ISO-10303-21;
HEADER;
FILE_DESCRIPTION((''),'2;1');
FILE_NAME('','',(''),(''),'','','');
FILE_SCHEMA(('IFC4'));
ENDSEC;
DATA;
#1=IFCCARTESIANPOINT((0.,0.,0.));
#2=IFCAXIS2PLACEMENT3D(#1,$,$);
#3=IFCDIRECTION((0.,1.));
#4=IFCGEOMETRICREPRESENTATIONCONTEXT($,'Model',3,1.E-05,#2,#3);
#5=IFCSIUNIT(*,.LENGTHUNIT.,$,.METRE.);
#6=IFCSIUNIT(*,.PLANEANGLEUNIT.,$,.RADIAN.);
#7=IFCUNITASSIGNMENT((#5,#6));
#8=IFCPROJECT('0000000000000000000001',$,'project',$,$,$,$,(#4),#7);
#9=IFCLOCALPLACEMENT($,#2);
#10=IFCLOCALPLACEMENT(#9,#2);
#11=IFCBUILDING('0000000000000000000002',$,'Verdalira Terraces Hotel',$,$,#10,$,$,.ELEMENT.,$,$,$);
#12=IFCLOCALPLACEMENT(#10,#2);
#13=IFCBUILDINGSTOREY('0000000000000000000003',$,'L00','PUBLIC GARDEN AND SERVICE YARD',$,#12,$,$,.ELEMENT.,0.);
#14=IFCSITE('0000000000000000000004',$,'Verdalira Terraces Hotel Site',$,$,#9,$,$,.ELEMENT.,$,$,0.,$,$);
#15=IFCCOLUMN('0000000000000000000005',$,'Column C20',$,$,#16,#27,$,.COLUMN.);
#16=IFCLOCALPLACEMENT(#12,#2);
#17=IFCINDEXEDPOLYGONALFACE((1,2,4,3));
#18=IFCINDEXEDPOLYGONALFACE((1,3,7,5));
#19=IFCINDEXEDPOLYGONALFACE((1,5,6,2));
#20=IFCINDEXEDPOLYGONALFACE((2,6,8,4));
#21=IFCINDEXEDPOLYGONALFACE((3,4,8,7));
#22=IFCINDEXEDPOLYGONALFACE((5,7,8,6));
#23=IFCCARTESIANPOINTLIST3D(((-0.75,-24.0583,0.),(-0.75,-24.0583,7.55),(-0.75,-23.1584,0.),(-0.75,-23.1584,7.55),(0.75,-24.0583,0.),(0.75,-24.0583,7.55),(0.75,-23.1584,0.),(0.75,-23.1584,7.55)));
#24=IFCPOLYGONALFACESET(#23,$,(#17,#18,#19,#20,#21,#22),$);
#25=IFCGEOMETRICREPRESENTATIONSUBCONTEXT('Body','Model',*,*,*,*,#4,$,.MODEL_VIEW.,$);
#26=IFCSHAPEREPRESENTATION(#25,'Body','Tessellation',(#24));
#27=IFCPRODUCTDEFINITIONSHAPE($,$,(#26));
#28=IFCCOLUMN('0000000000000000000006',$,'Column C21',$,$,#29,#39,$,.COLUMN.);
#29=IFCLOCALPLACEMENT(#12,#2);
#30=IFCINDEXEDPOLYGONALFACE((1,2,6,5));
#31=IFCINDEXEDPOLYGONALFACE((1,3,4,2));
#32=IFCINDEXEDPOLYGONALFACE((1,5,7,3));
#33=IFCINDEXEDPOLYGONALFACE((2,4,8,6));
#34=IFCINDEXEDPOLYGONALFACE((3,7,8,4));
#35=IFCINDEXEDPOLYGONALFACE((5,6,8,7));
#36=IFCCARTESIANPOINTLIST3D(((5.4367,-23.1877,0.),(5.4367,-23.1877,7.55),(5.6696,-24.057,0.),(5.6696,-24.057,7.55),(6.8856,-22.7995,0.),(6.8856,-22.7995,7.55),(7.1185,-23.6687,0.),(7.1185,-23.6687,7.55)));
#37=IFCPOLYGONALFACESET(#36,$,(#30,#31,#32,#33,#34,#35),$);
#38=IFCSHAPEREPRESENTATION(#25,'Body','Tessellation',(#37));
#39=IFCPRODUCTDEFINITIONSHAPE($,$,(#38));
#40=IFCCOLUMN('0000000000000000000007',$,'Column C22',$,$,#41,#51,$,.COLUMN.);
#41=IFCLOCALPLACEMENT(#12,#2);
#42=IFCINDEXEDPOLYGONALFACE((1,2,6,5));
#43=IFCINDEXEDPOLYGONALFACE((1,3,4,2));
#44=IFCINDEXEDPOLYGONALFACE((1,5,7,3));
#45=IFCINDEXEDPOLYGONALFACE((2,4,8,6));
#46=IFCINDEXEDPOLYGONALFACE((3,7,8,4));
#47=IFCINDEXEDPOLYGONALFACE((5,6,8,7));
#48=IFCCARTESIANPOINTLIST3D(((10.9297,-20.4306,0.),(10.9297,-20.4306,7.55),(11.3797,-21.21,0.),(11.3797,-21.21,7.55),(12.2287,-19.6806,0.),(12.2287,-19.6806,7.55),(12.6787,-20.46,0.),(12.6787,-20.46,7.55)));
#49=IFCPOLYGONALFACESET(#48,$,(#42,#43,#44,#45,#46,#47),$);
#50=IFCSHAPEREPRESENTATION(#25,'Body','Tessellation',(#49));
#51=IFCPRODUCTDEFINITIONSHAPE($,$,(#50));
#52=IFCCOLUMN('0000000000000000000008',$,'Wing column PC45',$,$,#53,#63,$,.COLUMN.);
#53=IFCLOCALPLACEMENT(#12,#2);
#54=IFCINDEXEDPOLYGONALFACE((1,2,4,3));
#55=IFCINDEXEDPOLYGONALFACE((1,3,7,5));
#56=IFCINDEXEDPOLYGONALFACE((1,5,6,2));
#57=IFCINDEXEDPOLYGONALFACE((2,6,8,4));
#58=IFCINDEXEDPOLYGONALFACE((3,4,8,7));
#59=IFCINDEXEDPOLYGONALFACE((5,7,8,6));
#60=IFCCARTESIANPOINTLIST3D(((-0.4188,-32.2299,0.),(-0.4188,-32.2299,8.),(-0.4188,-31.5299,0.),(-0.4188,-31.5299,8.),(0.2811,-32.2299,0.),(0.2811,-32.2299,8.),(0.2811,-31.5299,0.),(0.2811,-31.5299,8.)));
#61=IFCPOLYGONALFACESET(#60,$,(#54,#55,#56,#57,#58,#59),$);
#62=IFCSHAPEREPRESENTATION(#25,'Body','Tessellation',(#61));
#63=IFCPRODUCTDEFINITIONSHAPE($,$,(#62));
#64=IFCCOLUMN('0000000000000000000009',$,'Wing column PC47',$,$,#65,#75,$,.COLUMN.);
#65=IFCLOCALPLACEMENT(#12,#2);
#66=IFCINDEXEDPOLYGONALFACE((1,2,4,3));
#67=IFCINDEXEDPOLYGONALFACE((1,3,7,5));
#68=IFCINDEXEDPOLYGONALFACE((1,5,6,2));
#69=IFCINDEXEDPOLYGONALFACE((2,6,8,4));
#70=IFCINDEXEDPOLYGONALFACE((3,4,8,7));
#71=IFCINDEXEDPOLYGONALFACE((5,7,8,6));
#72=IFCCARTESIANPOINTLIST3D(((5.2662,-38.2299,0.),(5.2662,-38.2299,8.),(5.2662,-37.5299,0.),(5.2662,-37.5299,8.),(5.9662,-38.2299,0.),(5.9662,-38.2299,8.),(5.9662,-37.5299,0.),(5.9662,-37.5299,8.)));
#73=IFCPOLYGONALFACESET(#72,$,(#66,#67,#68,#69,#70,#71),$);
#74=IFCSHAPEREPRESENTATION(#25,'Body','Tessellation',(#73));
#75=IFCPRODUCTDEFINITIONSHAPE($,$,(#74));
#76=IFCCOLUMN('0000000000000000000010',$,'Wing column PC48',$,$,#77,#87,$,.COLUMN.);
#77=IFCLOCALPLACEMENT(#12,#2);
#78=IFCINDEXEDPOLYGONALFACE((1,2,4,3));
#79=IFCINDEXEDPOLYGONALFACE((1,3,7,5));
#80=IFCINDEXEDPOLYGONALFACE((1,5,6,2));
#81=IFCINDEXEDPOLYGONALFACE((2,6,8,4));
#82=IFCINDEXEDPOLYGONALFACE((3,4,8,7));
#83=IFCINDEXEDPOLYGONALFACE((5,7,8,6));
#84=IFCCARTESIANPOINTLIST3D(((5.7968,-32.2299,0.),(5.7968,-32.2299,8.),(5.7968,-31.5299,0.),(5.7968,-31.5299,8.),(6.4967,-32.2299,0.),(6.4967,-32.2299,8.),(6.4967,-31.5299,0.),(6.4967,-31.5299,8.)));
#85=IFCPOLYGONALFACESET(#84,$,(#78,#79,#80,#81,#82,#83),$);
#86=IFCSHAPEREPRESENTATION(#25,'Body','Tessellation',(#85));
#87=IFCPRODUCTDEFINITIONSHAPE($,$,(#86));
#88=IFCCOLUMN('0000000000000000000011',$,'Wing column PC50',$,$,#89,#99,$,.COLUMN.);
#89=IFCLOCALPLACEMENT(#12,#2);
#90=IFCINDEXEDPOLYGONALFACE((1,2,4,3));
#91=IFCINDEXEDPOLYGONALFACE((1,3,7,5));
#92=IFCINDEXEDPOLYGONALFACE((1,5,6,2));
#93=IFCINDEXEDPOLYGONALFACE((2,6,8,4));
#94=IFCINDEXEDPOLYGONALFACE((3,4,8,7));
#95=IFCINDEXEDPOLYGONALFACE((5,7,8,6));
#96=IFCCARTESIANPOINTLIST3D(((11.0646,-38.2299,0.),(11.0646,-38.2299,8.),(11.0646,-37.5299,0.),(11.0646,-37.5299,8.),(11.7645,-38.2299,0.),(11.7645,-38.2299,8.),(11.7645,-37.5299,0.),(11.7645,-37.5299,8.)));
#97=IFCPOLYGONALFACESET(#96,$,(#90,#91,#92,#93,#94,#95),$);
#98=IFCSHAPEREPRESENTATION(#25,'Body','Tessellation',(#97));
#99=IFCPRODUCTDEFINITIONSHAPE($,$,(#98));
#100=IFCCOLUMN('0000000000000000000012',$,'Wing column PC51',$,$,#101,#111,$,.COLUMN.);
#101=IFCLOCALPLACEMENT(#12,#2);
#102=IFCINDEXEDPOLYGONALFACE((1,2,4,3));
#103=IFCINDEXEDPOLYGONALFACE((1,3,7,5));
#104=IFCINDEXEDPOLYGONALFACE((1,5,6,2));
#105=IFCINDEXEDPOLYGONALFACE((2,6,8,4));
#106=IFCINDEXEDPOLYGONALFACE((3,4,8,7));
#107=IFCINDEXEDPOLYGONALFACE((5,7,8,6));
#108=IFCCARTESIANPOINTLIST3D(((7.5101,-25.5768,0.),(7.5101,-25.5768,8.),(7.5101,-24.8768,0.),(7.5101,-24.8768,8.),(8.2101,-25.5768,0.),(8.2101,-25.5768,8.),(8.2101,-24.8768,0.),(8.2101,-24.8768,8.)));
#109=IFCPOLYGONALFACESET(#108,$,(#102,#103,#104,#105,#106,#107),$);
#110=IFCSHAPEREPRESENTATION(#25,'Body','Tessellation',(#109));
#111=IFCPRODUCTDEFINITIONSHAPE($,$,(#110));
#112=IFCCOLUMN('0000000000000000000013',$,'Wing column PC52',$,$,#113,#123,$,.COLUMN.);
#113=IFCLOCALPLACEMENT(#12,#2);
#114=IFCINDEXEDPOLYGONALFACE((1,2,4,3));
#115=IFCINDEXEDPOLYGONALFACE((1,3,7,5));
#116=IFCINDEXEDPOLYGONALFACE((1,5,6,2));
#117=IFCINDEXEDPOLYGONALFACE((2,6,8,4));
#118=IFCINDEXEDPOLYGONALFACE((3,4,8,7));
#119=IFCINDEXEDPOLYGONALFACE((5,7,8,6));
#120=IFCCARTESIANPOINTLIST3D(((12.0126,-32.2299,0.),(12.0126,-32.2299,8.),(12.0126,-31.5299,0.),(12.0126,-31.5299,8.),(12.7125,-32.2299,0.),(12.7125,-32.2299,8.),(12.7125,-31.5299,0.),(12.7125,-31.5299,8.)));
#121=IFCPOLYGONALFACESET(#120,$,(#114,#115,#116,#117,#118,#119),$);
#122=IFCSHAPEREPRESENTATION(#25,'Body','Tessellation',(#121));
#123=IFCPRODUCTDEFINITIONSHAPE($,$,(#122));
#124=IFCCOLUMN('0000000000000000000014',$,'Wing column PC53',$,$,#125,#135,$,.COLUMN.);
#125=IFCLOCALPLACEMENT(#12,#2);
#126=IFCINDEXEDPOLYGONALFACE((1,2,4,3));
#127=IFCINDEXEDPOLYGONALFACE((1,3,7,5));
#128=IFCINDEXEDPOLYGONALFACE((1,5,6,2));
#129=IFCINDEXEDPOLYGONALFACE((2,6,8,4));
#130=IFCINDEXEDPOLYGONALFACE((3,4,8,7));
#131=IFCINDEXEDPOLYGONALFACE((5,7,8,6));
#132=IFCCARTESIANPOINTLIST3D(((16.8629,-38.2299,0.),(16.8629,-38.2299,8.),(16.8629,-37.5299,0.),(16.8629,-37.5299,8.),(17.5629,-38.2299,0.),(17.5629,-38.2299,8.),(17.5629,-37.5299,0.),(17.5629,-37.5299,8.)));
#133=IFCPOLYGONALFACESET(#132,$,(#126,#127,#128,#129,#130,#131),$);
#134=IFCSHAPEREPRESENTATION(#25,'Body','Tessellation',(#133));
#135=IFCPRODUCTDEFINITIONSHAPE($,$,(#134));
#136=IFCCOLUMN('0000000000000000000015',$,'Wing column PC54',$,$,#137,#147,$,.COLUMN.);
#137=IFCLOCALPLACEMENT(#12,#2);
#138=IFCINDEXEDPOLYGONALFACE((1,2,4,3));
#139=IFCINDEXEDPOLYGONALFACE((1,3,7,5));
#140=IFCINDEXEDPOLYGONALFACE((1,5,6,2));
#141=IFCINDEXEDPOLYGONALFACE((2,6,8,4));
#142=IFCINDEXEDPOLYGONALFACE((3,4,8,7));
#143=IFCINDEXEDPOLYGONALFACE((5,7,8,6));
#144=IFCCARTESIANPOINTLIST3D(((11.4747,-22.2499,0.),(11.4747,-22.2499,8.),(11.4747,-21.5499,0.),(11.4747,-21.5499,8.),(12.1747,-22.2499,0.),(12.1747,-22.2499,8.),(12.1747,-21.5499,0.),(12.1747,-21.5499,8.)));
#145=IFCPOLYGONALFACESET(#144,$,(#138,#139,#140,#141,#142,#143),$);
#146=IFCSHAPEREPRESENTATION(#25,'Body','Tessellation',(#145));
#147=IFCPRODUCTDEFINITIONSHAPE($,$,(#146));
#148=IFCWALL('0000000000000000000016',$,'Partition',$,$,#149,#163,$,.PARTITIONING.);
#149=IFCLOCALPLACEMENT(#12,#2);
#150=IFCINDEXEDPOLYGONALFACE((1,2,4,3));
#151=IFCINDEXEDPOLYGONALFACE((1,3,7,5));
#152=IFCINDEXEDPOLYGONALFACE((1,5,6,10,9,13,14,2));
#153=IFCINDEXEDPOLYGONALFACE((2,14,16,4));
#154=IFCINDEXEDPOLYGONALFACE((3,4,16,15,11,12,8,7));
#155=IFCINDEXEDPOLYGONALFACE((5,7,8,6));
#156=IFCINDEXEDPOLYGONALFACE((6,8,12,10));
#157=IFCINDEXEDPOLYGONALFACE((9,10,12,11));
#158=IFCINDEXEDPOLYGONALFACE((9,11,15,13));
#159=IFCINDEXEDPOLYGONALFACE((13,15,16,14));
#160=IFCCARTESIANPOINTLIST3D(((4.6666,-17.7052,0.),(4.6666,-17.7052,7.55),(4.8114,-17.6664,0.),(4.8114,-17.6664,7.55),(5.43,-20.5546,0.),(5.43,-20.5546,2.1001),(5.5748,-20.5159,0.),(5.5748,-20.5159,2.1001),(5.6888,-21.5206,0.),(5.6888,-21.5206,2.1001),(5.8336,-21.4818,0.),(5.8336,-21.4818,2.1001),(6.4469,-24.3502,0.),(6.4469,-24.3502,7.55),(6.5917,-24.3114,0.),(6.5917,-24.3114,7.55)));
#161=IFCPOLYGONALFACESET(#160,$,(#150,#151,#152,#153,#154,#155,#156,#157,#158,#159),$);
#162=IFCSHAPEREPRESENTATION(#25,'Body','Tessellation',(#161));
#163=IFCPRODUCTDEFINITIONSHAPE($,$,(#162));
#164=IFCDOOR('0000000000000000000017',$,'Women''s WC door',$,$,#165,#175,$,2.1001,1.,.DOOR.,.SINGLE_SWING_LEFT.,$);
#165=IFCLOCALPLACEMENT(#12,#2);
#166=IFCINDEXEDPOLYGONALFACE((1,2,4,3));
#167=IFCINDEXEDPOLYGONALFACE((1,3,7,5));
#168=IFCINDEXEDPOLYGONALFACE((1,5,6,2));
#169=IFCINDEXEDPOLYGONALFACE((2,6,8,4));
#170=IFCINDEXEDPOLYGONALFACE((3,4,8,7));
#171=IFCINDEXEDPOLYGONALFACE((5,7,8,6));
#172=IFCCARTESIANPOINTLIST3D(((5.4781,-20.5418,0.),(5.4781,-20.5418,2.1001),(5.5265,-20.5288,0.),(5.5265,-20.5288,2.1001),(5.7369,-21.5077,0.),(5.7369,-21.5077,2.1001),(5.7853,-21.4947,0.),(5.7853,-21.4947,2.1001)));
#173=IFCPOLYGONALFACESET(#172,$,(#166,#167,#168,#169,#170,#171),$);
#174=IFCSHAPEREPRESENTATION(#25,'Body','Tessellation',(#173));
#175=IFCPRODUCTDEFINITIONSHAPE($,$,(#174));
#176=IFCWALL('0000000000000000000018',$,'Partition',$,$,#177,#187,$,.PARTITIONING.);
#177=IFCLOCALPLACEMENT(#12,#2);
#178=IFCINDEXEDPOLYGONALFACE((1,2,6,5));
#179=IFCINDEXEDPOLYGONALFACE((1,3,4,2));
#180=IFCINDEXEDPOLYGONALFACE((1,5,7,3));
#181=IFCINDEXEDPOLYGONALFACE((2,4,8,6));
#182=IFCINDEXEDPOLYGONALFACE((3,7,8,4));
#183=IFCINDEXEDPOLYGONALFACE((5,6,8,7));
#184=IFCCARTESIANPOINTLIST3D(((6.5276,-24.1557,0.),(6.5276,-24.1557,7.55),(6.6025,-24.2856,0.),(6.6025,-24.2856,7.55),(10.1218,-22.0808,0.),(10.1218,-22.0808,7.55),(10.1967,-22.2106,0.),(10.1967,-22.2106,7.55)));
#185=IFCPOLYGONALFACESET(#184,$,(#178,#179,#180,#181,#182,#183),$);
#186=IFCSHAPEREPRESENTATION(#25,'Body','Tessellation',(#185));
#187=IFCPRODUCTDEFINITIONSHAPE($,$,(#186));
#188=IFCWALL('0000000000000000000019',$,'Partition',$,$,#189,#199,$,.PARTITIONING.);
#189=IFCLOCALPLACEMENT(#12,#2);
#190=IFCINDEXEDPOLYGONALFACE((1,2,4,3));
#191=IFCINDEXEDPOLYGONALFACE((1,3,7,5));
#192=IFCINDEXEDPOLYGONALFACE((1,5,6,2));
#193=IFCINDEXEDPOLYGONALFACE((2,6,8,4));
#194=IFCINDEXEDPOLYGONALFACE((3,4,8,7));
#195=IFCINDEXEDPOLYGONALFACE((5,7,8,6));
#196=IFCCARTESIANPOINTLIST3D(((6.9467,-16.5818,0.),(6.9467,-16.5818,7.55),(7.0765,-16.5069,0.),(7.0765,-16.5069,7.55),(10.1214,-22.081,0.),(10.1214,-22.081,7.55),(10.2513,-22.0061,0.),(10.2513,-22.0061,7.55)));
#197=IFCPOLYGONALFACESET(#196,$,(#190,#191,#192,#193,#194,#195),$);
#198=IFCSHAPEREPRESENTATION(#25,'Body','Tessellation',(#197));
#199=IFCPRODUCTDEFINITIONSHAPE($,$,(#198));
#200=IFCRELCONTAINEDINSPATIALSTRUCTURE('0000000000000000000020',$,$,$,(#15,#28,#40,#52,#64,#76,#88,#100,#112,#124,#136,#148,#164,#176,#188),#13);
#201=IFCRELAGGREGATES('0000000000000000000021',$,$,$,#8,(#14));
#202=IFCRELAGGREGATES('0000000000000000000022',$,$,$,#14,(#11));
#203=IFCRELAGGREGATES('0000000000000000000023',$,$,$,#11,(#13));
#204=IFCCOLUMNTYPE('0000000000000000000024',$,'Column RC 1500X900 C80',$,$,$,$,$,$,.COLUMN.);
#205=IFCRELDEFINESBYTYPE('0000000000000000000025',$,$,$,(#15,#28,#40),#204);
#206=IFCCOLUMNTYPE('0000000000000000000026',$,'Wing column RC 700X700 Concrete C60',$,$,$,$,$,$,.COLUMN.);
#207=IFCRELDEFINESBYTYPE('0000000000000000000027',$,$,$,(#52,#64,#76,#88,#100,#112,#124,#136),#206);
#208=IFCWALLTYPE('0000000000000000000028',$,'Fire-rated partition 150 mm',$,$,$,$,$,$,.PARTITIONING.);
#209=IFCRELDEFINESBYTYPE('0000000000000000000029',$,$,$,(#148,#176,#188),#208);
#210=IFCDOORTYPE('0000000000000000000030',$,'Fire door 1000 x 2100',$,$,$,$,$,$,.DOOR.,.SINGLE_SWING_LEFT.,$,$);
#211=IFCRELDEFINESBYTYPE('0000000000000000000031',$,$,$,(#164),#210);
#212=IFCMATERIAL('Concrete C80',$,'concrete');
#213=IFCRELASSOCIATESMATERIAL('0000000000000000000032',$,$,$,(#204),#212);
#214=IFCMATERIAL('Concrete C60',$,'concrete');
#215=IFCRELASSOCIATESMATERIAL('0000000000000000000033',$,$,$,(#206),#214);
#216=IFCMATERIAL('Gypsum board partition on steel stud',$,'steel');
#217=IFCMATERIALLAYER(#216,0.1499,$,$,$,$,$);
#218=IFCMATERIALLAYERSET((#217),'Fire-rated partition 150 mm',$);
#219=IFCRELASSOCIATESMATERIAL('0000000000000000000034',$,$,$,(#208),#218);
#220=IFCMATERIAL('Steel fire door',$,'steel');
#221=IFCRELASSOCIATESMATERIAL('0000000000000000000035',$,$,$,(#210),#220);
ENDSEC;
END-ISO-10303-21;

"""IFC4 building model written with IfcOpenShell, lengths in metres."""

from ifc_helpers import new_model, si_unit, direction, frame, frame_2d, origin, origin_2d, place, context, subcontext, project, spatial, rectangle, extrude, material, layer, layer_set, material_profile, profile_set, type_object, element, fill, save


model = new_model("IFC4")

# Units and contexts
model_context = context("Model", 3, precision=1e-05, world=origin(), true_north=direction((0.0, 1.0)))
body_context = subcontext(model_context, "Body", "Model", "MODEL_VIEW")
ifc_project = project(units=[si_unit("LENGTHUNIT", "METRE"), si_unit("PLANEANGLEUNIT", "RADIAN")], contexts=[model_context])

# Site, building, storey
site_placement = place(None, origin())
site = spatial("IfcSite", under=ifc_project, at=site_placement, Name="Verdalira Terraces Hotel Site", CompositionType="ELEMENT", RefElevation=0.0)
building_placement = place(site_placement, origin())
building = spatial("IfcBuilding", under=site, at=building_placement, Name="Verdalira Terraces Hotel", CompositionType="ELEMENT")
storey_placement = place(building_placement, origin())
storey = spatial("IfcBuildingStorey", under=building, at=storey_placement, Name="L00", Description="PUBLIC GARDEN AND SERVICE YARD", CompositionType="ELEMENT", Elevation=0.0)

# Columns
ifc_material_1 = material(Name="Concrete C80", Category="concrete")
ifc_material_profile_1 = material_profile(ifc_material_1, rectangle(XDim=1.5, YDim=0.8999, at=origin_2d()), Name="RC 1500X900")
ifc_profile_set_1 = profile_set([ifc_material_profile_1], Name="Concrete C80")
column_type_1 = type_object("IfcColumnType", Name="Column RC 1500X900 C80", PredefinedType="COLUMN", material=ifc_profile_set_1)
for number, where, z_axis, x_axis, name in (
    (1, (0.0, -23.6084, 0.0), (0.0, 0.0, 1.0), (1.0, 0.0, 0.0), "Column C20"),
    (2, (6.2776, -23.4282, 0.0), (0.0, 0.0, 1.0), (-0.965926, -0.258819, 0.0), "Column C21"),
    (3, (11.8042, -20.4453, 0.0), (0.0, 0.0, 1.0), (0.866025, 0.5, 0.0), "Column C22"),
):
    element("IfcColumn", number, at=place(storey_placement, frame(where, z_axis=z_axis, x_axis=x_axis)), inside=storey, type_object=column_type_1, Name=name, PredefinedType="COLUMN", context=body_context, shape_type="SweptSolid", body=[
        extrude(rectangle(XDim=1.5, YDim=0.8999, at=origin_2d()), origin(), (0.0, 0.0, 1.0), 7.55),
    ])
ifc_material_2 = material(Name="Concrete C60", Category="concrete")
ifc_material_profile_2 = material_profile(ifc_material_2, rectangle(XDim=0.7, YDim=0.7, at=origin_2d()), Name="RC 700X700")
ifc_profile_set_2 = profile_set([ifc_material_profile_2], Name="Concrete C60")
column_type_2 = type_object("IfcColumnType", Name="Wing column RC 700X700 Concrete C60", PredefinedType="COLUMN", material=ifc_profile_set_2)
for number, where, z_axis, x_axis, name in (
    (4, (-0.0688, -31.8799, 0.0), (0.0, 0.0, 1.0), (0.0, -1.0, 0.0), "Wing column PC45"),
    (5, (5.6162, -37.8799, 0.0), (0.0, 0.0, 1.0), (0.0, -1.0, 0.0), "Wing column PC47"),
    (6, (6.1467, -31.8799, 0.0), (0.0, 0.0, 1.0), (0.0, -1.0, 0.0), "Wing column PC48"),
    (7, (11.4146, -37.8799, 0.0), (0.0, 0.0, 1.0), (0.0, -1.0, 0.0), "Wing column PC50"),
    (8, (7.8601, -25.2268, 0.0), (0.0, 0.0, 1.0), (0.0, -1.0, 0.0), "Wing column PC51"),
    (9, (12.3625, -31.8799, 0.0), (0.0, 0.0, 1.0), (0.0, -1.0, 0.0), "Wing column PC52"),
    (10, (17.2129, -37.8799, 0.0), (0.0, 0.0, 1.0), (0.0, -1.0, 0.0), "Wing column PC53"),
    (11, (11.8247, -21.8999, 0.0), (0.0, 0.0, 1.0), (0.0, -1.0, 0.0), "Wing column PC54"),
):
    element("IfcColumn", number, at=place(storey_placement, frame(where, z_axis=z_axis, x_axis=x_axis)), inside=storey, type_object=column_type_2, Name=name, PredefinedType="COLUMN", context=body_context, shape_type="SweptSolid", body=[
        extrude(rectangle(XDim=0.7, YDim=0.7, at=origin_2d()), origin(), (0.0, 0.0, 1.0), 8.0),
    ])

# Wall, opening, door
ifc_material_3 = material(Name="Gypsum board partition on steel stud", Category="steel")
ifc_layer = layer(ifc_material_3, 0.1499)
ifc_layer_set = layer_set([ifc_layer], Name="Fire-rated partition 150 mm")
wall_type = type_object("IfcWallType", Name="Fire-rated partition 150 mm", PredefinedType="PARTITIONING", material=ifc_layer_set)
wall_1_placement = place(storey_placement, frame((4.739, -17.6858, 0.0), z_axis=(0.0, 0.0, 1.0), x_axis=(0.258785, -0.965935, 0.0)))
wall_1 = element("IfcWall", 12, at=wall_1_placement, inside=storey, type_object=wall_type, Name="Partition", PredefinedType="PARTITIONING", context=body_context, shape_type="SweptSolid", body=[
    extrude(rectangle(XDim=6.8794, YDim=0.1499, at=frame_2d((3.4397, 0.0))), origin(), (0.0, 0.0, 1.0), 7.55),
])
opening_1_placement = place(wall_1_placement, frame((2.95, 0.0, 0.0)))
opening_1 = element("IfcOpeningElement", 13, at=opening_1_placement, cuts=wall_1, PredefinedType="OPENING", context=body_context, shape_type="SweptSolid", body=[
    extrude(rectangle(XDim=1.0, YDim=2.1001, at=frame_2d((0.5, 1.05))), frame((0.0, 0.085, 0.0), z_axis=(0.0, -1.0, 0.0), x_axis=(1.0, 0.0, 0.0)), (0.0, 0.0, 1.0), 0.1699),
])
ifc_material_4 = material(Name="Steel fire door", Category="steel")
door_type_1 = type_object("IfcDoorType", Name="Fire door 1000 x 2100", OperationType="SINGLE_SWING_LEFT", PredefinedType="DOOR", material=ifc_material_4)
door_1_placement = place(opening_1_placement, origin())
door_1 = element("IfcDoor", 14, at=door_1_placement, inside=storey, type_object=door_type_1, Name="Women's WC door", OperationType="SINGLE_SWING_LEFT", OverallHeight=2.1001, OverallWidth=1.0, PredefinedType="DOOR", context=body_context, shape_type="SweptSolid", body=[
    extrude(rectangle(XDim=1.0, YDim=2.1001, at=frame_2d((0.5, 1.05))), frame((0.0, 0.0249, 0.0), z_axis=(0.0, -1.0, 0.0), x_axis=(1.0, 0.0, 0.0)), (0.0, 0.0, 1.0), 0.05),
])
fill(opening_1, door_1)

# Walls
wall_2_placement = place(storey_placement, frame((6.5649, -24.2207, 0.0), z_axis=(0.0, 0.0, 1.0), x_axis=(0.866045, 0.499967, 0.0)))
element("IfcWall", 15, at=wall_2_placement, inside=storey, type_object=wall_type, Name="Partition", PredefinedType="PARTITIONING", context=body_context, shape_type="SweptSolid", body=[
    extrude(rectangle(XDim=4.1501, YDim=0.1499, at=frame_2d((2.0752, 0.0))), origin(), (0.0, 0.0, 1.0), 7.55),
])
wall_3_placement = place(storey_placement, frame((10.1863, -22.0435, 0.0), z_axis=(0.0, 0.0, 1.0), x_axis=(-0.499977, 0.866039, 0.0)))
element("IfcWall", 16, at=wall_3_placement, inside=storey, type_object=wall_type, Name="Partition", PredefinedType="PARTITIONING", context=body_context, shape_type="SweptSolid", body=[
    extrude(rectangle(XDim=6.3499, YDim=0.1499, at=frame_2d((3.1748, 0.0))), origin(), (0.0, 0.0, 1.0), 7.55),
])

save(model, "model.ifc")
